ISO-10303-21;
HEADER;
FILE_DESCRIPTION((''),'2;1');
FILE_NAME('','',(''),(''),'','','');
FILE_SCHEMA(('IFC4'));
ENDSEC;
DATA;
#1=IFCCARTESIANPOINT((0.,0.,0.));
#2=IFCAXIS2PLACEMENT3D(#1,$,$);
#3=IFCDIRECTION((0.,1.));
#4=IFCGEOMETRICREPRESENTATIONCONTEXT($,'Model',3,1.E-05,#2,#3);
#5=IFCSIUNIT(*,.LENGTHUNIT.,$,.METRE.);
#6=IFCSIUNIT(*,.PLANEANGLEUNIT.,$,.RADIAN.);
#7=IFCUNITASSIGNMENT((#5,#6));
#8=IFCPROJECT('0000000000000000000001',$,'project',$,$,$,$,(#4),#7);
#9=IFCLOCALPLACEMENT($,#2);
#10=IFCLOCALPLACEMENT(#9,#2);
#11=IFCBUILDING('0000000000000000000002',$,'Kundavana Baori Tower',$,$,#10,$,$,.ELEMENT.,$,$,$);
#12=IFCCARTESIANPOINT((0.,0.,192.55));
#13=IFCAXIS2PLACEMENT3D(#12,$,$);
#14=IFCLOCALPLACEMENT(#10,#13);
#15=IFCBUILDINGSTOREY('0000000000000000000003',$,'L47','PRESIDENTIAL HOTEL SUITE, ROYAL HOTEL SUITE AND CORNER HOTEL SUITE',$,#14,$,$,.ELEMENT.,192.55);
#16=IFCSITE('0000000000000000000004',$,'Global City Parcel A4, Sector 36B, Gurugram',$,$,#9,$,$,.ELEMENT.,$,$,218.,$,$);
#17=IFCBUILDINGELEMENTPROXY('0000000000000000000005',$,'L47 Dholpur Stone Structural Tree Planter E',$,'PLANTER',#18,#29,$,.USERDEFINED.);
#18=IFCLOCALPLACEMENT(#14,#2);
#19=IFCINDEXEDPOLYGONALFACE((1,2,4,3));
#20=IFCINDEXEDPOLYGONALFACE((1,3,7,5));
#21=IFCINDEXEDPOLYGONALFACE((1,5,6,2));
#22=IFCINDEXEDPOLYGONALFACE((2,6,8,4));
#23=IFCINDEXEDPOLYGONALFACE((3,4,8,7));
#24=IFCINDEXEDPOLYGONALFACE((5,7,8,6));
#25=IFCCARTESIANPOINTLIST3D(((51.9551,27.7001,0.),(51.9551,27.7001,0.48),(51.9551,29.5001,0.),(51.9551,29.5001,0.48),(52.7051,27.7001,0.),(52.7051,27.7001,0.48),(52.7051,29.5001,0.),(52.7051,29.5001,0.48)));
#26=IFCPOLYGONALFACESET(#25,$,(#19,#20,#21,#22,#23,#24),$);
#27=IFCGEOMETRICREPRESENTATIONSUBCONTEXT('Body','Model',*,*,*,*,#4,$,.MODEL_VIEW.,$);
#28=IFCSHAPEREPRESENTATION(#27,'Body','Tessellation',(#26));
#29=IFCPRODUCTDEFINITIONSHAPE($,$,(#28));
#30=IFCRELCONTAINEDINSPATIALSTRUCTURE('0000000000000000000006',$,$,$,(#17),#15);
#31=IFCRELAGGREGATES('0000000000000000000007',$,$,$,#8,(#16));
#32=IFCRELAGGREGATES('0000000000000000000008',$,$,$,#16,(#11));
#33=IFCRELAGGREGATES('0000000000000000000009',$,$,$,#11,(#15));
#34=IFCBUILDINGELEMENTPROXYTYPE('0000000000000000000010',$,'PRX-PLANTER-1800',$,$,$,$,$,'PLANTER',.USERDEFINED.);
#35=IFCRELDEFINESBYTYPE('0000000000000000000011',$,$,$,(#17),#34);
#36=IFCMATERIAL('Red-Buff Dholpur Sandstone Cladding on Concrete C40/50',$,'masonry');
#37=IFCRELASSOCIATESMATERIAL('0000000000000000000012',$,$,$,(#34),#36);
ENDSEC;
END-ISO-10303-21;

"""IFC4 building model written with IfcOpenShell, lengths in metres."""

from ifc_helpers import new_model, si_unit, direction, frame, origin, origin_2d, place, context, subcontext, project, spatial, rectangle, extrude, material, type_object, element, save


model = new_model("IFC4")

# Units and contexts
model_context = context("Model", 3, precision=1e-05, world=origin(), true_north=direction((0.0, 1.0)))
body_context = subcontext(model_context, "Body", "Model", "MODEL_VIEW")
ifc_project = project(units=[si_unit("LENGTHUNIT", "METRE"), si_unit("PLANEANGLEUNIT", "RADIAN")], contexts=[model_context])

# Site, building, storey
site_placement = place(None, origin())
site = spatial("IfcSite", under=ifc_project, at=site_placement, Name="Global City Parcel A4, Sector 36B, Gurugram", CompositionType="ELEMENT", RefElevation=218.0)
building_placement = place(site_placement, origin())
building = spatial("IfcBuilding", under=site, at=building_placement, Name="Kundavana Baori Tower", CompositionType="ELEMENT")
storey_placement = place(building_placement, frame((0.0, 0.0, 192.55)))
storey = spatial("IfcBuildingStorey", under=building, at=storey_placement, Name="L47", Description="PRESIDENTIAL HOTEL SUITE, ROYAL HOTEL SUITE AND CORNER HOTEL SUITE", CompositionType="ELEMENT", Elevation=192.55)

# Building element proxy
ifc_material_1 = material(Name="Red-Buff Dholpur Sandstone Cladding on Concrete C40/50", Category="masonry")
building_element_proxy_type = type_object("IfcBuildingElementProxyType", Name="PRX-PLANTER-1800", ElementType="PLANTER", PredefinedType="USERDEFINED", material=ifc_material_1)
proxy_placement = place(storey_placement, frame((52.3301, 28.6001, 0.0), z_axis=(0.0, 0.0, 1.0), x_axis=(0.0, 1.0, 0.0)))
element("IfcBuildingElementProxy", 1, at=proxy_placement, inside=storey, type_object=building_element_proxy_type, Name="L47 Dholpur Stone Structural Tree Planter E", ObjectType="PLANTER", PredefinedType="USERDEFINED", context=body_context, shape_type="SweptSolid", body=[
    extrude(rectangle(XDim=1.8, YDim=0.75, at=origin_2d()), origin(), (0.0, 0.0, 1.0), 0.48),
])

save(model, "model.ifc")
